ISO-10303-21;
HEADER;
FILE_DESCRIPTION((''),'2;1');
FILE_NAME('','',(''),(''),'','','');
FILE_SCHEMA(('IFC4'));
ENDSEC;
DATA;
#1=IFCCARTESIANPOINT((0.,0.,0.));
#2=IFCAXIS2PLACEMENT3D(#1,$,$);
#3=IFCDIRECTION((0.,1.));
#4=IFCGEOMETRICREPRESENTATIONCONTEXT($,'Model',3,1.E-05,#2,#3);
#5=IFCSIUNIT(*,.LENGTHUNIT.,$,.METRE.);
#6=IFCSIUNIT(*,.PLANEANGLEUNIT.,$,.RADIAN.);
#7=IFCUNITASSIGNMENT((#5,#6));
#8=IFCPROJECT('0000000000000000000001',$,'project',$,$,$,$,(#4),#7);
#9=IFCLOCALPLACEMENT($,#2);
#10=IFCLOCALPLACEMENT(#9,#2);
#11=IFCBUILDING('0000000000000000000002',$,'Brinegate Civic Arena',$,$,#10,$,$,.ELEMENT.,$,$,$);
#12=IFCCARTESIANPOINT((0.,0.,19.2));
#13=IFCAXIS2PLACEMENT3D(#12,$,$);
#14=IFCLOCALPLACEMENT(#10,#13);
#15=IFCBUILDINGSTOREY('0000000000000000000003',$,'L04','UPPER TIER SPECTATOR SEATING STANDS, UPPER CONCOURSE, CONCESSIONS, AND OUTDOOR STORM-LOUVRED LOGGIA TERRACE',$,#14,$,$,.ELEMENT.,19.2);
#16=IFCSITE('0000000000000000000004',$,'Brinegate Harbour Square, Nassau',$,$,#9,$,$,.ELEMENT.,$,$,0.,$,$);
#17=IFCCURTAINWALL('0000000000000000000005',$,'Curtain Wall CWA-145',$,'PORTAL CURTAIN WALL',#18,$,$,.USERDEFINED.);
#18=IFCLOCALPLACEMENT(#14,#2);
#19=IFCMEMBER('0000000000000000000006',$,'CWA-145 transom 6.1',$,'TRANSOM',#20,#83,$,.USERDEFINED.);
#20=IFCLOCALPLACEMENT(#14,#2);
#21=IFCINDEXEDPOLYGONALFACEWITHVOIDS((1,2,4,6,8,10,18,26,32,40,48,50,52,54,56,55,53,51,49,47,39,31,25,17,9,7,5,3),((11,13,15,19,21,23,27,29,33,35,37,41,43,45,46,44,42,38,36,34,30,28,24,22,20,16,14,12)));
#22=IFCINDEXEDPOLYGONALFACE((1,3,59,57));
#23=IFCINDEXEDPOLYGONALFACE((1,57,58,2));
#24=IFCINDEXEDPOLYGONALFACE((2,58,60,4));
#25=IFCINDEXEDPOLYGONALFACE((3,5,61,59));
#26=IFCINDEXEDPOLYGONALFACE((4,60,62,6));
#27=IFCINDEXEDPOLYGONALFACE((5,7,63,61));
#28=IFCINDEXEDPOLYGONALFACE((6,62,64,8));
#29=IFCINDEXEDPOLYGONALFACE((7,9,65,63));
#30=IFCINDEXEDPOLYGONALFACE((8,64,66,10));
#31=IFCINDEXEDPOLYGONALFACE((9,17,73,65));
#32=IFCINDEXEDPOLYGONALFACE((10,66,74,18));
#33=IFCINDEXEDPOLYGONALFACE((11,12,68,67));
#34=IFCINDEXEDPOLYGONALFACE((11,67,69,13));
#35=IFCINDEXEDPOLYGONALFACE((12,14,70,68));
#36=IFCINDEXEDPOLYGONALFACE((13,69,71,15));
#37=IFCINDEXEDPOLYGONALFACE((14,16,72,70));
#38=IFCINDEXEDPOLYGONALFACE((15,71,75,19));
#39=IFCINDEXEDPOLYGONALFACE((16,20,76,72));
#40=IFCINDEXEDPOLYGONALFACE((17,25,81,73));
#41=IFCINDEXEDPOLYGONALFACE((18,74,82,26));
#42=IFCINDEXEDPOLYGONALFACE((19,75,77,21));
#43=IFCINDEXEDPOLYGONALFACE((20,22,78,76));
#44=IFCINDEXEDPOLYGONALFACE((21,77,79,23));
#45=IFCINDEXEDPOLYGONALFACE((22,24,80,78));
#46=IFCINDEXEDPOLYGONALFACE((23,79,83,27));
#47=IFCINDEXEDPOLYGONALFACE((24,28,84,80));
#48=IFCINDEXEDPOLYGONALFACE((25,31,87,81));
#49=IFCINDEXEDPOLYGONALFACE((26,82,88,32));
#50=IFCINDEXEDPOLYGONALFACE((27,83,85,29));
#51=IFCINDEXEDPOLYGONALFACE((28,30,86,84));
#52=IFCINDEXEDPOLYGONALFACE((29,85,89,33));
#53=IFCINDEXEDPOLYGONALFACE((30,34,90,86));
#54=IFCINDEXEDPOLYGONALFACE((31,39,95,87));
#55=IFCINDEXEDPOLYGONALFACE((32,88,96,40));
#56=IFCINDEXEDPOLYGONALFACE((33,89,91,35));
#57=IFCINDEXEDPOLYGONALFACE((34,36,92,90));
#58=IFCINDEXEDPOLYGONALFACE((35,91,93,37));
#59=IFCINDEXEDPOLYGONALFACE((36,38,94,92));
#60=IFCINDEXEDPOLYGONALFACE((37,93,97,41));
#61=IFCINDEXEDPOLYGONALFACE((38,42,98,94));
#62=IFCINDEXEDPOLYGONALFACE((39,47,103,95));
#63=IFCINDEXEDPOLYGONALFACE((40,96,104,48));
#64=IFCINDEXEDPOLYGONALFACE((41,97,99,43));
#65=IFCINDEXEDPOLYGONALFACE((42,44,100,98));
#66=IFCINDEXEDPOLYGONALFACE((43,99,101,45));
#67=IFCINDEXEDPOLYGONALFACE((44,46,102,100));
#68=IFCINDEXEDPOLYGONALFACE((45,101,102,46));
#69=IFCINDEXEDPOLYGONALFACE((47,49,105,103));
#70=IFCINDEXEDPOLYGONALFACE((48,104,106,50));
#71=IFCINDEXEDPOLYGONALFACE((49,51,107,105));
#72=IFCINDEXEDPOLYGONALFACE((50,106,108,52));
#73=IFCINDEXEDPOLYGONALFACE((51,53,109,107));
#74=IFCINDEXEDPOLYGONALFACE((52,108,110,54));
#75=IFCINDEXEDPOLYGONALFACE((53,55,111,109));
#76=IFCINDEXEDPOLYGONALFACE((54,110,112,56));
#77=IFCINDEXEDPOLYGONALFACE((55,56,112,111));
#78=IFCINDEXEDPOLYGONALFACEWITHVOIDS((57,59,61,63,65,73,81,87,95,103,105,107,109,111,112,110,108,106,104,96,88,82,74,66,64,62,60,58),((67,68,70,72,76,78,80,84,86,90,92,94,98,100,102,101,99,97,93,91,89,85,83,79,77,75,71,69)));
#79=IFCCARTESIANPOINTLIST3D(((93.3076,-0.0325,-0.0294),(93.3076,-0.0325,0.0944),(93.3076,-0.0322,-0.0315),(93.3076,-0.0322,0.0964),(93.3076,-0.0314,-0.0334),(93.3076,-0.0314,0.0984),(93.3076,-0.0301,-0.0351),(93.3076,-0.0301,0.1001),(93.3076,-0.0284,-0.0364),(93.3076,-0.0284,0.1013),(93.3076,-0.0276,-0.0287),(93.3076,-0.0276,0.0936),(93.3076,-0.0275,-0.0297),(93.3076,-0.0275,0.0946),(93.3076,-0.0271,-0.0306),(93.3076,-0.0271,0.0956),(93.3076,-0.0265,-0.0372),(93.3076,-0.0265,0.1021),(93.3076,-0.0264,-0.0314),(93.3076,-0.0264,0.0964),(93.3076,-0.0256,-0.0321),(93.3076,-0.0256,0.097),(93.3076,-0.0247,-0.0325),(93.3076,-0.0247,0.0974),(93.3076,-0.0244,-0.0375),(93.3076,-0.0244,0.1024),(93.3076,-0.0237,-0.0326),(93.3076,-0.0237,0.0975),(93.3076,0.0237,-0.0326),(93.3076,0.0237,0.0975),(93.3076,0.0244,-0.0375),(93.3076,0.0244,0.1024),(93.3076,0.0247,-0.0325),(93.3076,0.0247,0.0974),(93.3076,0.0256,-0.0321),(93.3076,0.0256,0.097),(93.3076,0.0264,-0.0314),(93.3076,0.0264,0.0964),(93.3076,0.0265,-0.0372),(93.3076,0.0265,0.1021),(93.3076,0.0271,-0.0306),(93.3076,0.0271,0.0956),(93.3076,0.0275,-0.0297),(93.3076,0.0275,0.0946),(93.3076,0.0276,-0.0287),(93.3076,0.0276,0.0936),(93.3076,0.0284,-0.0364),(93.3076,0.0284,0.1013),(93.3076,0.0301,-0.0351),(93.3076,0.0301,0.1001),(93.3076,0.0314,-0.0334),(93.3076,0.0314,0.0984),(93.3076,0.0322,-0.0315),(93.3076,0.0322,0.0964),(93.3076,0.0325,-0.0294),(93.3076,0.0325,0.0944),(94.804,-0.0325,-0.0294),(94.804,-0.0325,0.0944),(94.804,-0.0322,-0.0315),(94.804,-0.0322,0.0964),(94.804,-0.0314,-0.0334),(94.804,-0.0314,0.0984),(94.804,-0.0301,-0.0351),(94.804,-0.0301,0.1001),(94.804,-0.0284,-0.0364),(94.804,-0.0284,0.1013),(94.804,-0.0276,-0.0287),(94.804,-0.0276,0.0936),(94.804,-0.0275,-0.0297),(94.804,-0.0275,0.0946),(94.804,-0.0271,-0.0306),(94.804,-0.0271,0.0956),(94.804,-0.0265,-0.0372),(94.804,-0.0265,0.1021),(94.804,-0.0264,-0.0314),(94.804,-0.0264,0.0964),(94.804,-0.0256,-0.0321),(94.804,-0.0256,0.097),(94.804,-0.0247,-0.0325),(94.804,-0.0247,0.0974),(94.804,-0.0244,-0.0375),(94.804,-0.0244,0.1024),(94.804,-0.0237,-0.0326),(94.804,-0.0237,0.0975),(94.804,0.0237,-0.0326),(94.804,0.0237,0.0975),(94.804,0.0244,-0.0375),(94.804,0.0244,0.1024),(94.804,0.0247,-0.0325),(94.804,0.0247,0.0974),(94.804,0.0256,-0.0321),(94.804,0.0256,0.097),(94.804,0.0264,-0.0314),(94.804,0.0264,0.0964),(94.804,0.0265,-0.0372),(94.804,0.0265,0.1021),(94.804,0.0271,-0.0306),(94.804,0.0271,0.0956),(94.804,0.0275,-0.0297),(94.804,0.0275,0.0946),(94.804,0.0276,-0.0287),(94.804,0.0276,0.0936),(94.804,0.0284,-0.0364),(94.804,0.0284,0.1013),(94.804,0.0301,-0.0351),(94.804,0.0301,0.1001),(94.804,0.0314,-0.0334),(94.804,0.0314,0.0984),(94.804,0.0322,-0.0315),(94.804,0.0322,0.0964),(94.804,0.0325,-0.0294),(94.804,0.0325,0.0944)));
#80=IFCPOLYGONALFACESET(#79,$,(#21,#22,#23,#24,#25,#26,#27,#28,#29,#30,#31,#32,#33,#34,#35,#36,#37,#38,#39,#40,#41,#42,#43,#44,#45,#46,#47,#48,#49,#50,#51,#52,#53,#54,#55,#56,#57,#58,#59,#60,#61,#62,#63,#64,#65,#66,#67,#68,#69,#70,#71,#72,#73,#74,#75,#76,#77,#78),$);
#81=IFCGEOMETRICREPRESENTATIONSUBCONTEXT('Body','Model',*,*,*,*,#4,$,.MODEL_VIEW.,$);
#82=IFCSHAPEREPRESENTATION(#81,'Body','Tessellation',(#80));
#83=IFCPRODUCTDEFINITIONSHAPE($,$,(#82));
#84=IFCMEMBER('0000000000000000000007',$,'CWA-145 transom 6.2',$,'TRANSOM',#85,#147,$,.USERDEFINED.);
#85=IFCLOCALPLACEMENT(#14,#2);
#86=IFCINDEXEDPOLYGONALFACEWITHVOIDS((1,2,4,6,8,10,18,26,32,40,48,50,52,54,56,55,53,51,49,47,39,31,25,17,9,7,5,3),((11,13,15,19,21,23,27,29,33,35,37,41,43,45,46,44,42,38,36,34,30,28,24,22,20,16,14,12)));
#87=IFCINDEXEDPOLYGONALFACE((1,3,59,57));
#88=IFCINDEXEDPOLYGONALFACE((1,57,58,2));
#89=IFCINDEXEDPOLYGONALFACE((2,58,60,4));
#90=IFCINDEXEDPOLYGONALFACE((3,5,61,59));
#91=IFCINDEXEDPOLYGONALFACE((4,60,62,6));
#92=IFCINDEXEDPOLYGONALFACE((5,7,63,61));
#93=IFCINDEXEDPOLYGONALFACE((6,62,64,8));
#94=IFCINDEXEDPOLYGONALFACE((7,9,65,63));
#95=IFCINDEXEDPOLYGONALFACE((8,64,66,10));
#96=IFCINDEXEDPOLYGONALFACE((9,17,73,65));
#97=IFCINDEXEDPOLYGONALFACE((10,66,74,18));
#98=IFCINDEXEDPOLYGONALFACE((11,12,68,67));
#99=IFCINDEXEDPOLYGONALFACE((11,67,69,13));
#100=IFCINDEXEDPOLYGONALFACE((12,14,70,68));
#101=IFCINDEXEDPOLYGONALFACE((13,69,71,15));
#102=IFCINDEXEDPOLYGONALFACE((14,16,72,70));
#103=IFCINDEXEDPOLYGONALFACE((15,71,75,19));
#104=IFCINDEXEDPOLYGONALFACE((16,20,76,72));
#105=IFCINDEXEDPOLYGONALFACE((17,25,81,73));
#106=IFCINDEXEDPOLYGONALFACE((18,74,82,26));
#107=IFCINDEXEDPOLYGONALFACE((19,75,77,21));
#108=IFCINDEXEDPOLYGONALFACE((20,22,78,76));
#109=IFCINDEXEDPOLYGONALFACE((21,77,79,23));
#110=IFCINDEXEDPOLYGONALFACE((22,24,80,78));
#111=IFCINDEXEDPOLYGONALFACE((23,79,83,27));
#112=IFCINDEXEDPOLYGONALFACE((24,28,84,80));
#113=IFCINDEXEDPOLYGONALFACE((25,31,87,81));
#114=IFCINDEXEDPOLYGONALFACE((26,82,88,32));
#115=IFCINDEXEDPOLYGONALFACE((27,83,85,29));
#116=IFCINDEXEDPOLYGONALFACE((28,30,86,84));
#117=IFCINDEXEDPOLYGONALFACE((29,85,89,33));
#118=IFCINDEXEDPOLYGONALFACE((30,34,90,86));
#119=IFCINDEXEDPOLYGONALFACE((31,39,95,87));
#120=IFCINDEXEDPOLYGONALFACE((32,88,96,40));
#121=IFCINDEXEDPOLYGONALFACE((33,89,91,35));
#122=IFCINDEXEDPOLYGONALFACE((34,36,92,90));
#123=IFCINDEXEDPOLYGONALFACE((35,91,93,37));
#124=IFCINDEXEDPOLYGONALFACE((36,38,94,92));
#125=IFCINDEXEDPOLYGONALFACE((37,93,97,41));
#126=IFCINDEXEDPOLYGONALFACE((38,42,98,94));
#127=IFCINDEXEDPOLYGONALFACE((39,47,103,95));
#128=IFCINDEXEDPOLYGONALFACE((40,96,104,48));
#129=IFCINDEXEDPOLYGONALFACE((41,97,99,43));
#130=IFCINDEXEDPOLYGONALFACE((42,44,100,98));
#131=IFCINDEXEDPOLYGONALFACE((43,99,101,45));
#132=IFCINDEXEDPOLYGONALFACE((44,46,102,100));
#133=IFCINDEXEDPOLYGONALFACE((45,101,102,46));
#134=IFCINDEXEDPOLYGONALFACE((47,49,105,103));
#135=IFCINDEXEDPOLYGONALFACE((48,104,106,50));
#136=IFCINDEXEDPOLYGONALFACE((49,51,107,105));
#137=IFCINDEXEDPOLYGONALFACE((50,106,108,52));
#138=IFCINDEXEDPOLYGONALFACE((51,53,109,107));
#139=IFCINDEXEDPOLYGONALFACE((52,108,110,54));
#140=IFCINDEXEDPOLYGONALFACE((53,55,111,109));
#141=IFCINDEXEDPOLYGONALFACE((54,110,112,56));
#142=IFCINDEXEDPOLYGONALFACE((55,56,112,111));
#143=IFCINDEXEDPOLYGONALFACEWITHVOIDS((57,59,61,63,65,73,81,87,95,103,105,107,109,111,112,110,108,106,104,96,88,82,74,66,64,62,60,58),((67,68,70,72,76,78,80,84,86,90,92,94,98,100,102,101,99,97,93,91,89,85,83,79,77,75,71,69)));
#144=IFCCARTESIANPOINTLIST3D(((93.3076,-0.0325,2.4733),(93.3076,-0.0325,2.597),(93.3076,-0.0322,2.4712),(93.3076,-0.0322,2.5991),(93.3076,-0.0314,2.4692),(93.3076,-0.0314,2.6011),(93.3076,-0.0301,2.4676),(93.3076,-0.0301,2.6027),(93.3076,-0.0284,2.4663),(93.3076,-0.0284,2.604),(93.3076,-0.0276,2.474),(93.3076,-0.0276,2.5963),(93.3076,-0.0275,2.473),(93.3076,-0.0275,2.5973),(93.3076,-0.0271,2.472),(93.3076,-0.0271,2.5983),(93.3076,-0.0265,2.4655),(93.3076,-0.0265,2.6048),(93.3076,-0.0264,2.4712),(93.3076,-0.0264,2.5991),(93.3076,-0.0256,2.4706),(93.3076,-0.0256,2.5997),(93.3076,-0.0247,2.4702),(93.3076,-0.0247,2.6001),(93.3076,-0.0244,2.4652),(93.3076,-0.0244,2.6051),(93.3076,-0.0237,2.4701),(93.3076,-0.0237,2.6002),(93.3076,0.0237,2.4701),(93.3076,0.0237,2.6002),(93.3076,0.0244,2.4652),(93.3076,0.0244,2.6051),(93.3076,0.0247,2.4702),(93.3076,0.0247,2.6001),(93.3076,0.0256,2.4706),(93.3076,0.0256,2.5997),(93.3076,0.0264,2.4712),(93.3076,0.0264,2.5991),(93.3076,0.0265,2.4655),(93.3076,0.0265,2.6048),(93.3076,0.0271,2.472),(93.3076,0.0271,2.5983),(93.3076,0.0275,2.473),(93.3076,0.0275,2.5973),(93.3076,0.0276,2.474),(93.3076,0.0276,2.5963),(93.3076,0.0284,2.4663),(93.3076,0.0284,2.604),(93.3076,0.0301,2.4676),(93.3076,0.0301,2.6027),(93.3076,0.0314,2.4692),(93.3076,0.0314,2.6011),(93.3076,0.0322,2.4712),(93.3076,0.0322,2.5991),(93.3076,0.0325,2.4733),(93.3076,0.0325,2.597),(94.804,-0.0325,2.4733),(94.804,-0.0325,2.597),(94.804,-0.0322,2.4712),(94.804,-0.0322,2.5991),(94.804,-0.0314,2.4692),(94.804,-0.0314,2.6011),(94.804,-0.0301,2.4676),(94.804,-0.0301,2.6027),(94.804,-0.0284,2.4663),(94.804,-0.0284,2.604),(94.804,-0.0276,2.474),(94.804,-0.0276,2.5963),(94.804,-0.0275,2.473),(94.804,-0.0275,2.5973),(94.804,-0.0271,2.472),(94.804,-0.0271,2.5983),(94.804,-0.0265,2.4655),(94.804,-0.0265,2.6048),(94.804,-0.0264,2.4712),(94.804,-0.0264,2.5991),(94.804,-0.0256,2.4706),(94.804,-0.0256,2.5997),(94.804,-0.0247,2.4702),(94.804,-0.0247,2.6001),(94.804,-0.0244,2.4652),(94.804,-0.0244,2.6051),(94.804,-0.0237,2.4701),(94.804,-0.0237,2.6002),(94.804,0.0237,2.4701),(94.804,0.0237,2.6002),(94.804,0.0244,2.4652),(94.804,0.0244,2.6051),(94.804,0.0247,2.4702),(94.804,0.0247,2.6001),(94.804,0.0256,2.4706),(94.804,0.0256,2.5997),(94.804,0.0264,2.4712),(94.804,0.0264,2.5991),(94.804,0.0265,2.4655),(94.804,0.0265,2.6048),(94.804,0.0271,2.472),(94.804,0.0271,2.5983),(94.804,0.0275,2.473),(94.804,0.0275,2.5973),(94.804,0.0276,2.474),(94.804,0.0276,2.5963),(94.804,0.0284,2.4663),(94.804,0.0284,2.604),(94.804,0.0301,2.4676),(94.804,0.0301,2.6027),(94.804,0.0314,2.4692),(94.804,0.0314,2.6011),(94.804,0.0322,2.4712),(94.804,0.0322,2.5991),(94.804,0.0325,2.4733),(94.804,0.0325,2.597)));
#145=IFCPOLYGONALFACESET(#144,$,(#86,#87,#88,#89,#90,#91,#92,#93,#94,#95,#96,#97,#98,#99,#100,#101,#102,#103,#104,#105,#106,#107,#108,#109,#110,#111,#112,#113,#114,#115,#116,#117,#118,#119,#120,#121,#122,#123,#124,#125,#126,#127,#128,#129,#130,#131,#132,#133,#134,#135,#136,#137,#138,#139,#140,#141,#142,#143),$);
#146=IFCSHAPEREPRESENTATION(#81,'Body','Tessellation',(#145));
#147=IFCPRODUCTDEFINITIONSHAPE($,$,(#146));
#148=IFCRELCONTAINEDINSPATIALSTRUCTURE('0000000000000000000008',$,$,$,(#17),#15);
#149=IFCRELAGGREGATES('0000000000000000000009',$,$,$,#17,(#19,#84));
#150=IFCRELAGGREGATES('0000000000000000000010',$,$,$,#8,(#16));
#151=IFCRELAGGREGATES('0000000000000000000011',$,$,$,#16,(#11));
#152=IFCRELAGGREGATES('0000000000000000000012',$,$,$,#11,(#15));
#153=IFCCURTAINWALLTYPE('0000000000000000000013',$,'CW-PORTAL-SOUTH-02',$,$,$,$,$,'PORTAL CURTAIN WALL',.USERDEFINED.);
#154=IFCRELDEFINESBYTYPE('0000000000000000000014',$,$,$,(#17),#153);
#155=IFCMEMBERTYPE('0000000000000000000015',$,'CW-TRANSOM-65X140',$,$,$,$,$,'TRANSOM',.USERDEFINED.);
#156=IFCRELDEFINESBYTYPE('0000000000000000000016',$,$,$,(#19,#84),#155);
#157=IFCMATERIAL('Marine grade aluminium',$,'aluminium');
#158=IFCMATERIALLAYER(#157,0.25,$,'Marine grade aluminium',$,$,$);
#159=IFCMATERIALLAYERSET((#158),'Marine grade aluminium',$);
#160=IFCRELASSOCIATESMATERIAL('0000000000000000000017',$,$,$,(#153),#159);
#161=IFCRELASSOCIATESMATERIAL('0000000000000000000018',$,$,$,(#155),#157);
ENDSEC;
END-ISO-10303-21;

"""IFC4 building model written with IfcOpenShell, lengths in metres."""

from ifc_helpers import new_model, si_unit, direction, frame, origin, origin_2d, place, context, subcontext, project, spatial, hollow_rectangle, extrude, material, layer, layer_set, material_profile, profile_set, type_object, element, aggregate, save


model = new_model("IFC4")

# Units and contexts
model_context = context("Model", 3, precision=1e-05, world=origin(), true_north=direction((0.0, 1.0)))
body_context = subcontext(model_context, "Body", "Model", "MODEL_VIEW")
ifc_project = project(units=[si_unit("LENGTHUNIT", "METRE"), si_unit("PLANEANGLEUNIT", "RADIAN")], contexts=[model_context])

# Site, building, storey
site_placement = place(None, origin())
site = spatial("IfcSite", under=ifc_project, at=site_placement, Name="Brinegate Harbour Square, Nassau", CompositionType="ELEMENT", RefElevation=0.0)
building_placement = place(site_placement, origin())
building = spatial("IfcBuilding", under=site, at=building_placement, Name="Brinegate Civic Arena", CompositionType="ELEMENT")
storey_placement = place(building_placement, frame((0.0, 0.0, 19.2)))
storey = spatial("IfcBuildingStorey", under=building, at=storey_placement, Name="L04", Description="UPPER TIER SPECTATOR SEATING STANDS, UPPER CONCOURSE, CONCESSIONS, AND OUTDOOR STORM-LOUVRED LOGGIA TERRACE", CompositionType="ELEMENT", Elevation=19.2)

# Curtain wall, members
ifc_material_1 = material(Name="Marine grade aluminium", Category="aluminium")
ifc_layer_1 = layer(ifc_material_1, 0.25, Name="Marine grade aluminium")
ifc_layer_set_1 = layer_set([ifc_layer_1], Name="Marine grade aluminium")
curtain_wall_type = type_object("IfcCurtainWallType", Name="CW-PORTAL-SOUTH-02", ElementType="PORTAL CURTAIN WALL", PredefinedType="USERDEFINED", material=ifc_layer_set_1)
curtain_wall_1_placement = place(storey_placement, origin())
curtain_wall_1 = element("IfcCurtainWall", 1, at=curtain_wall_1_placement, inside=storey, type_object=curtain_wall_type, Name="Curtain Wall CWA-145", ObjectType="PORTAL CURTAIN WALL", PredefinedType="USERDEFINED")
ifc_material_profile_1 = material_profile(ifc_material_1, hollow_rectangle(XDim=0.0649, YDim=0.1399, WallThickness=0.0049, InnerFilletRadius=0.0039, OuterFilletRadius=0.0081, at=origin_2d()), Name="TRN65X140")
ifc_profile_set_1 = profile_set([ifc_material_profile_1], Name="Marine grade aluminium")
member_type_1 = type_object("IfcMemberType", Name="CW-TRANSOM-65X140", ElementType="TRANSOM", PredefinedType="USERDEFINED", material=ifc_profile_set_1)
member_1_placement = place(storey_placement, frame((93.3076, 0.0, 0.0325), z_axis=(1.0, 0.0, 0.0), x_axis=(0.0, 1.0, 0.0)))
member_1 = element("IfcMember", 2, at=member_1_placement, type_object=member_type_1, Name="CWA-145 transom 6.1", ObjectType="TRANSOM", PredefinedType="USERDEFINED", context=body_context, shape_type="SweptSolid", body=[
    extrude(hollow_rectangle(XDim=0.0649, YDim=0.1399, WallThickness=0.0049, InnerFilletRadius=0.0039, OuterFilletRadius=0.0081, at=origin_2d()), origin(), (0.0, 0.0, 1.0), 1.4963),
])
member_2_placement = place(storey_placement, frame((93.3076, 0.0, 2.5352), z_axis=(1.0, 0.0, 0.0), x_axis=(0.0, 1.0, 0.0)))
member_2 = element("IfcMember", 3, at=member_2_placement, type_object=member_type_1, Name="CWA-145 transom 6.2", ObjectType="TRANSOM", PredefinedType="USERDEFINED", context=body_context, shape_type="SweptSolid", body=[
    extrude(hollow_rectangle(XDim=0.0649, YDim=0.1399, WallThickness=0.0049, InnerFilletRadius=0.0039, OuterFilletRadius=0.0081, at=origin_2d()), origin(), (0.0, 0.0, 1.0), 1.4963),
])

aggregate(curtain_wall_1, [member_1, member_2])

save(model, "model.ifc")
